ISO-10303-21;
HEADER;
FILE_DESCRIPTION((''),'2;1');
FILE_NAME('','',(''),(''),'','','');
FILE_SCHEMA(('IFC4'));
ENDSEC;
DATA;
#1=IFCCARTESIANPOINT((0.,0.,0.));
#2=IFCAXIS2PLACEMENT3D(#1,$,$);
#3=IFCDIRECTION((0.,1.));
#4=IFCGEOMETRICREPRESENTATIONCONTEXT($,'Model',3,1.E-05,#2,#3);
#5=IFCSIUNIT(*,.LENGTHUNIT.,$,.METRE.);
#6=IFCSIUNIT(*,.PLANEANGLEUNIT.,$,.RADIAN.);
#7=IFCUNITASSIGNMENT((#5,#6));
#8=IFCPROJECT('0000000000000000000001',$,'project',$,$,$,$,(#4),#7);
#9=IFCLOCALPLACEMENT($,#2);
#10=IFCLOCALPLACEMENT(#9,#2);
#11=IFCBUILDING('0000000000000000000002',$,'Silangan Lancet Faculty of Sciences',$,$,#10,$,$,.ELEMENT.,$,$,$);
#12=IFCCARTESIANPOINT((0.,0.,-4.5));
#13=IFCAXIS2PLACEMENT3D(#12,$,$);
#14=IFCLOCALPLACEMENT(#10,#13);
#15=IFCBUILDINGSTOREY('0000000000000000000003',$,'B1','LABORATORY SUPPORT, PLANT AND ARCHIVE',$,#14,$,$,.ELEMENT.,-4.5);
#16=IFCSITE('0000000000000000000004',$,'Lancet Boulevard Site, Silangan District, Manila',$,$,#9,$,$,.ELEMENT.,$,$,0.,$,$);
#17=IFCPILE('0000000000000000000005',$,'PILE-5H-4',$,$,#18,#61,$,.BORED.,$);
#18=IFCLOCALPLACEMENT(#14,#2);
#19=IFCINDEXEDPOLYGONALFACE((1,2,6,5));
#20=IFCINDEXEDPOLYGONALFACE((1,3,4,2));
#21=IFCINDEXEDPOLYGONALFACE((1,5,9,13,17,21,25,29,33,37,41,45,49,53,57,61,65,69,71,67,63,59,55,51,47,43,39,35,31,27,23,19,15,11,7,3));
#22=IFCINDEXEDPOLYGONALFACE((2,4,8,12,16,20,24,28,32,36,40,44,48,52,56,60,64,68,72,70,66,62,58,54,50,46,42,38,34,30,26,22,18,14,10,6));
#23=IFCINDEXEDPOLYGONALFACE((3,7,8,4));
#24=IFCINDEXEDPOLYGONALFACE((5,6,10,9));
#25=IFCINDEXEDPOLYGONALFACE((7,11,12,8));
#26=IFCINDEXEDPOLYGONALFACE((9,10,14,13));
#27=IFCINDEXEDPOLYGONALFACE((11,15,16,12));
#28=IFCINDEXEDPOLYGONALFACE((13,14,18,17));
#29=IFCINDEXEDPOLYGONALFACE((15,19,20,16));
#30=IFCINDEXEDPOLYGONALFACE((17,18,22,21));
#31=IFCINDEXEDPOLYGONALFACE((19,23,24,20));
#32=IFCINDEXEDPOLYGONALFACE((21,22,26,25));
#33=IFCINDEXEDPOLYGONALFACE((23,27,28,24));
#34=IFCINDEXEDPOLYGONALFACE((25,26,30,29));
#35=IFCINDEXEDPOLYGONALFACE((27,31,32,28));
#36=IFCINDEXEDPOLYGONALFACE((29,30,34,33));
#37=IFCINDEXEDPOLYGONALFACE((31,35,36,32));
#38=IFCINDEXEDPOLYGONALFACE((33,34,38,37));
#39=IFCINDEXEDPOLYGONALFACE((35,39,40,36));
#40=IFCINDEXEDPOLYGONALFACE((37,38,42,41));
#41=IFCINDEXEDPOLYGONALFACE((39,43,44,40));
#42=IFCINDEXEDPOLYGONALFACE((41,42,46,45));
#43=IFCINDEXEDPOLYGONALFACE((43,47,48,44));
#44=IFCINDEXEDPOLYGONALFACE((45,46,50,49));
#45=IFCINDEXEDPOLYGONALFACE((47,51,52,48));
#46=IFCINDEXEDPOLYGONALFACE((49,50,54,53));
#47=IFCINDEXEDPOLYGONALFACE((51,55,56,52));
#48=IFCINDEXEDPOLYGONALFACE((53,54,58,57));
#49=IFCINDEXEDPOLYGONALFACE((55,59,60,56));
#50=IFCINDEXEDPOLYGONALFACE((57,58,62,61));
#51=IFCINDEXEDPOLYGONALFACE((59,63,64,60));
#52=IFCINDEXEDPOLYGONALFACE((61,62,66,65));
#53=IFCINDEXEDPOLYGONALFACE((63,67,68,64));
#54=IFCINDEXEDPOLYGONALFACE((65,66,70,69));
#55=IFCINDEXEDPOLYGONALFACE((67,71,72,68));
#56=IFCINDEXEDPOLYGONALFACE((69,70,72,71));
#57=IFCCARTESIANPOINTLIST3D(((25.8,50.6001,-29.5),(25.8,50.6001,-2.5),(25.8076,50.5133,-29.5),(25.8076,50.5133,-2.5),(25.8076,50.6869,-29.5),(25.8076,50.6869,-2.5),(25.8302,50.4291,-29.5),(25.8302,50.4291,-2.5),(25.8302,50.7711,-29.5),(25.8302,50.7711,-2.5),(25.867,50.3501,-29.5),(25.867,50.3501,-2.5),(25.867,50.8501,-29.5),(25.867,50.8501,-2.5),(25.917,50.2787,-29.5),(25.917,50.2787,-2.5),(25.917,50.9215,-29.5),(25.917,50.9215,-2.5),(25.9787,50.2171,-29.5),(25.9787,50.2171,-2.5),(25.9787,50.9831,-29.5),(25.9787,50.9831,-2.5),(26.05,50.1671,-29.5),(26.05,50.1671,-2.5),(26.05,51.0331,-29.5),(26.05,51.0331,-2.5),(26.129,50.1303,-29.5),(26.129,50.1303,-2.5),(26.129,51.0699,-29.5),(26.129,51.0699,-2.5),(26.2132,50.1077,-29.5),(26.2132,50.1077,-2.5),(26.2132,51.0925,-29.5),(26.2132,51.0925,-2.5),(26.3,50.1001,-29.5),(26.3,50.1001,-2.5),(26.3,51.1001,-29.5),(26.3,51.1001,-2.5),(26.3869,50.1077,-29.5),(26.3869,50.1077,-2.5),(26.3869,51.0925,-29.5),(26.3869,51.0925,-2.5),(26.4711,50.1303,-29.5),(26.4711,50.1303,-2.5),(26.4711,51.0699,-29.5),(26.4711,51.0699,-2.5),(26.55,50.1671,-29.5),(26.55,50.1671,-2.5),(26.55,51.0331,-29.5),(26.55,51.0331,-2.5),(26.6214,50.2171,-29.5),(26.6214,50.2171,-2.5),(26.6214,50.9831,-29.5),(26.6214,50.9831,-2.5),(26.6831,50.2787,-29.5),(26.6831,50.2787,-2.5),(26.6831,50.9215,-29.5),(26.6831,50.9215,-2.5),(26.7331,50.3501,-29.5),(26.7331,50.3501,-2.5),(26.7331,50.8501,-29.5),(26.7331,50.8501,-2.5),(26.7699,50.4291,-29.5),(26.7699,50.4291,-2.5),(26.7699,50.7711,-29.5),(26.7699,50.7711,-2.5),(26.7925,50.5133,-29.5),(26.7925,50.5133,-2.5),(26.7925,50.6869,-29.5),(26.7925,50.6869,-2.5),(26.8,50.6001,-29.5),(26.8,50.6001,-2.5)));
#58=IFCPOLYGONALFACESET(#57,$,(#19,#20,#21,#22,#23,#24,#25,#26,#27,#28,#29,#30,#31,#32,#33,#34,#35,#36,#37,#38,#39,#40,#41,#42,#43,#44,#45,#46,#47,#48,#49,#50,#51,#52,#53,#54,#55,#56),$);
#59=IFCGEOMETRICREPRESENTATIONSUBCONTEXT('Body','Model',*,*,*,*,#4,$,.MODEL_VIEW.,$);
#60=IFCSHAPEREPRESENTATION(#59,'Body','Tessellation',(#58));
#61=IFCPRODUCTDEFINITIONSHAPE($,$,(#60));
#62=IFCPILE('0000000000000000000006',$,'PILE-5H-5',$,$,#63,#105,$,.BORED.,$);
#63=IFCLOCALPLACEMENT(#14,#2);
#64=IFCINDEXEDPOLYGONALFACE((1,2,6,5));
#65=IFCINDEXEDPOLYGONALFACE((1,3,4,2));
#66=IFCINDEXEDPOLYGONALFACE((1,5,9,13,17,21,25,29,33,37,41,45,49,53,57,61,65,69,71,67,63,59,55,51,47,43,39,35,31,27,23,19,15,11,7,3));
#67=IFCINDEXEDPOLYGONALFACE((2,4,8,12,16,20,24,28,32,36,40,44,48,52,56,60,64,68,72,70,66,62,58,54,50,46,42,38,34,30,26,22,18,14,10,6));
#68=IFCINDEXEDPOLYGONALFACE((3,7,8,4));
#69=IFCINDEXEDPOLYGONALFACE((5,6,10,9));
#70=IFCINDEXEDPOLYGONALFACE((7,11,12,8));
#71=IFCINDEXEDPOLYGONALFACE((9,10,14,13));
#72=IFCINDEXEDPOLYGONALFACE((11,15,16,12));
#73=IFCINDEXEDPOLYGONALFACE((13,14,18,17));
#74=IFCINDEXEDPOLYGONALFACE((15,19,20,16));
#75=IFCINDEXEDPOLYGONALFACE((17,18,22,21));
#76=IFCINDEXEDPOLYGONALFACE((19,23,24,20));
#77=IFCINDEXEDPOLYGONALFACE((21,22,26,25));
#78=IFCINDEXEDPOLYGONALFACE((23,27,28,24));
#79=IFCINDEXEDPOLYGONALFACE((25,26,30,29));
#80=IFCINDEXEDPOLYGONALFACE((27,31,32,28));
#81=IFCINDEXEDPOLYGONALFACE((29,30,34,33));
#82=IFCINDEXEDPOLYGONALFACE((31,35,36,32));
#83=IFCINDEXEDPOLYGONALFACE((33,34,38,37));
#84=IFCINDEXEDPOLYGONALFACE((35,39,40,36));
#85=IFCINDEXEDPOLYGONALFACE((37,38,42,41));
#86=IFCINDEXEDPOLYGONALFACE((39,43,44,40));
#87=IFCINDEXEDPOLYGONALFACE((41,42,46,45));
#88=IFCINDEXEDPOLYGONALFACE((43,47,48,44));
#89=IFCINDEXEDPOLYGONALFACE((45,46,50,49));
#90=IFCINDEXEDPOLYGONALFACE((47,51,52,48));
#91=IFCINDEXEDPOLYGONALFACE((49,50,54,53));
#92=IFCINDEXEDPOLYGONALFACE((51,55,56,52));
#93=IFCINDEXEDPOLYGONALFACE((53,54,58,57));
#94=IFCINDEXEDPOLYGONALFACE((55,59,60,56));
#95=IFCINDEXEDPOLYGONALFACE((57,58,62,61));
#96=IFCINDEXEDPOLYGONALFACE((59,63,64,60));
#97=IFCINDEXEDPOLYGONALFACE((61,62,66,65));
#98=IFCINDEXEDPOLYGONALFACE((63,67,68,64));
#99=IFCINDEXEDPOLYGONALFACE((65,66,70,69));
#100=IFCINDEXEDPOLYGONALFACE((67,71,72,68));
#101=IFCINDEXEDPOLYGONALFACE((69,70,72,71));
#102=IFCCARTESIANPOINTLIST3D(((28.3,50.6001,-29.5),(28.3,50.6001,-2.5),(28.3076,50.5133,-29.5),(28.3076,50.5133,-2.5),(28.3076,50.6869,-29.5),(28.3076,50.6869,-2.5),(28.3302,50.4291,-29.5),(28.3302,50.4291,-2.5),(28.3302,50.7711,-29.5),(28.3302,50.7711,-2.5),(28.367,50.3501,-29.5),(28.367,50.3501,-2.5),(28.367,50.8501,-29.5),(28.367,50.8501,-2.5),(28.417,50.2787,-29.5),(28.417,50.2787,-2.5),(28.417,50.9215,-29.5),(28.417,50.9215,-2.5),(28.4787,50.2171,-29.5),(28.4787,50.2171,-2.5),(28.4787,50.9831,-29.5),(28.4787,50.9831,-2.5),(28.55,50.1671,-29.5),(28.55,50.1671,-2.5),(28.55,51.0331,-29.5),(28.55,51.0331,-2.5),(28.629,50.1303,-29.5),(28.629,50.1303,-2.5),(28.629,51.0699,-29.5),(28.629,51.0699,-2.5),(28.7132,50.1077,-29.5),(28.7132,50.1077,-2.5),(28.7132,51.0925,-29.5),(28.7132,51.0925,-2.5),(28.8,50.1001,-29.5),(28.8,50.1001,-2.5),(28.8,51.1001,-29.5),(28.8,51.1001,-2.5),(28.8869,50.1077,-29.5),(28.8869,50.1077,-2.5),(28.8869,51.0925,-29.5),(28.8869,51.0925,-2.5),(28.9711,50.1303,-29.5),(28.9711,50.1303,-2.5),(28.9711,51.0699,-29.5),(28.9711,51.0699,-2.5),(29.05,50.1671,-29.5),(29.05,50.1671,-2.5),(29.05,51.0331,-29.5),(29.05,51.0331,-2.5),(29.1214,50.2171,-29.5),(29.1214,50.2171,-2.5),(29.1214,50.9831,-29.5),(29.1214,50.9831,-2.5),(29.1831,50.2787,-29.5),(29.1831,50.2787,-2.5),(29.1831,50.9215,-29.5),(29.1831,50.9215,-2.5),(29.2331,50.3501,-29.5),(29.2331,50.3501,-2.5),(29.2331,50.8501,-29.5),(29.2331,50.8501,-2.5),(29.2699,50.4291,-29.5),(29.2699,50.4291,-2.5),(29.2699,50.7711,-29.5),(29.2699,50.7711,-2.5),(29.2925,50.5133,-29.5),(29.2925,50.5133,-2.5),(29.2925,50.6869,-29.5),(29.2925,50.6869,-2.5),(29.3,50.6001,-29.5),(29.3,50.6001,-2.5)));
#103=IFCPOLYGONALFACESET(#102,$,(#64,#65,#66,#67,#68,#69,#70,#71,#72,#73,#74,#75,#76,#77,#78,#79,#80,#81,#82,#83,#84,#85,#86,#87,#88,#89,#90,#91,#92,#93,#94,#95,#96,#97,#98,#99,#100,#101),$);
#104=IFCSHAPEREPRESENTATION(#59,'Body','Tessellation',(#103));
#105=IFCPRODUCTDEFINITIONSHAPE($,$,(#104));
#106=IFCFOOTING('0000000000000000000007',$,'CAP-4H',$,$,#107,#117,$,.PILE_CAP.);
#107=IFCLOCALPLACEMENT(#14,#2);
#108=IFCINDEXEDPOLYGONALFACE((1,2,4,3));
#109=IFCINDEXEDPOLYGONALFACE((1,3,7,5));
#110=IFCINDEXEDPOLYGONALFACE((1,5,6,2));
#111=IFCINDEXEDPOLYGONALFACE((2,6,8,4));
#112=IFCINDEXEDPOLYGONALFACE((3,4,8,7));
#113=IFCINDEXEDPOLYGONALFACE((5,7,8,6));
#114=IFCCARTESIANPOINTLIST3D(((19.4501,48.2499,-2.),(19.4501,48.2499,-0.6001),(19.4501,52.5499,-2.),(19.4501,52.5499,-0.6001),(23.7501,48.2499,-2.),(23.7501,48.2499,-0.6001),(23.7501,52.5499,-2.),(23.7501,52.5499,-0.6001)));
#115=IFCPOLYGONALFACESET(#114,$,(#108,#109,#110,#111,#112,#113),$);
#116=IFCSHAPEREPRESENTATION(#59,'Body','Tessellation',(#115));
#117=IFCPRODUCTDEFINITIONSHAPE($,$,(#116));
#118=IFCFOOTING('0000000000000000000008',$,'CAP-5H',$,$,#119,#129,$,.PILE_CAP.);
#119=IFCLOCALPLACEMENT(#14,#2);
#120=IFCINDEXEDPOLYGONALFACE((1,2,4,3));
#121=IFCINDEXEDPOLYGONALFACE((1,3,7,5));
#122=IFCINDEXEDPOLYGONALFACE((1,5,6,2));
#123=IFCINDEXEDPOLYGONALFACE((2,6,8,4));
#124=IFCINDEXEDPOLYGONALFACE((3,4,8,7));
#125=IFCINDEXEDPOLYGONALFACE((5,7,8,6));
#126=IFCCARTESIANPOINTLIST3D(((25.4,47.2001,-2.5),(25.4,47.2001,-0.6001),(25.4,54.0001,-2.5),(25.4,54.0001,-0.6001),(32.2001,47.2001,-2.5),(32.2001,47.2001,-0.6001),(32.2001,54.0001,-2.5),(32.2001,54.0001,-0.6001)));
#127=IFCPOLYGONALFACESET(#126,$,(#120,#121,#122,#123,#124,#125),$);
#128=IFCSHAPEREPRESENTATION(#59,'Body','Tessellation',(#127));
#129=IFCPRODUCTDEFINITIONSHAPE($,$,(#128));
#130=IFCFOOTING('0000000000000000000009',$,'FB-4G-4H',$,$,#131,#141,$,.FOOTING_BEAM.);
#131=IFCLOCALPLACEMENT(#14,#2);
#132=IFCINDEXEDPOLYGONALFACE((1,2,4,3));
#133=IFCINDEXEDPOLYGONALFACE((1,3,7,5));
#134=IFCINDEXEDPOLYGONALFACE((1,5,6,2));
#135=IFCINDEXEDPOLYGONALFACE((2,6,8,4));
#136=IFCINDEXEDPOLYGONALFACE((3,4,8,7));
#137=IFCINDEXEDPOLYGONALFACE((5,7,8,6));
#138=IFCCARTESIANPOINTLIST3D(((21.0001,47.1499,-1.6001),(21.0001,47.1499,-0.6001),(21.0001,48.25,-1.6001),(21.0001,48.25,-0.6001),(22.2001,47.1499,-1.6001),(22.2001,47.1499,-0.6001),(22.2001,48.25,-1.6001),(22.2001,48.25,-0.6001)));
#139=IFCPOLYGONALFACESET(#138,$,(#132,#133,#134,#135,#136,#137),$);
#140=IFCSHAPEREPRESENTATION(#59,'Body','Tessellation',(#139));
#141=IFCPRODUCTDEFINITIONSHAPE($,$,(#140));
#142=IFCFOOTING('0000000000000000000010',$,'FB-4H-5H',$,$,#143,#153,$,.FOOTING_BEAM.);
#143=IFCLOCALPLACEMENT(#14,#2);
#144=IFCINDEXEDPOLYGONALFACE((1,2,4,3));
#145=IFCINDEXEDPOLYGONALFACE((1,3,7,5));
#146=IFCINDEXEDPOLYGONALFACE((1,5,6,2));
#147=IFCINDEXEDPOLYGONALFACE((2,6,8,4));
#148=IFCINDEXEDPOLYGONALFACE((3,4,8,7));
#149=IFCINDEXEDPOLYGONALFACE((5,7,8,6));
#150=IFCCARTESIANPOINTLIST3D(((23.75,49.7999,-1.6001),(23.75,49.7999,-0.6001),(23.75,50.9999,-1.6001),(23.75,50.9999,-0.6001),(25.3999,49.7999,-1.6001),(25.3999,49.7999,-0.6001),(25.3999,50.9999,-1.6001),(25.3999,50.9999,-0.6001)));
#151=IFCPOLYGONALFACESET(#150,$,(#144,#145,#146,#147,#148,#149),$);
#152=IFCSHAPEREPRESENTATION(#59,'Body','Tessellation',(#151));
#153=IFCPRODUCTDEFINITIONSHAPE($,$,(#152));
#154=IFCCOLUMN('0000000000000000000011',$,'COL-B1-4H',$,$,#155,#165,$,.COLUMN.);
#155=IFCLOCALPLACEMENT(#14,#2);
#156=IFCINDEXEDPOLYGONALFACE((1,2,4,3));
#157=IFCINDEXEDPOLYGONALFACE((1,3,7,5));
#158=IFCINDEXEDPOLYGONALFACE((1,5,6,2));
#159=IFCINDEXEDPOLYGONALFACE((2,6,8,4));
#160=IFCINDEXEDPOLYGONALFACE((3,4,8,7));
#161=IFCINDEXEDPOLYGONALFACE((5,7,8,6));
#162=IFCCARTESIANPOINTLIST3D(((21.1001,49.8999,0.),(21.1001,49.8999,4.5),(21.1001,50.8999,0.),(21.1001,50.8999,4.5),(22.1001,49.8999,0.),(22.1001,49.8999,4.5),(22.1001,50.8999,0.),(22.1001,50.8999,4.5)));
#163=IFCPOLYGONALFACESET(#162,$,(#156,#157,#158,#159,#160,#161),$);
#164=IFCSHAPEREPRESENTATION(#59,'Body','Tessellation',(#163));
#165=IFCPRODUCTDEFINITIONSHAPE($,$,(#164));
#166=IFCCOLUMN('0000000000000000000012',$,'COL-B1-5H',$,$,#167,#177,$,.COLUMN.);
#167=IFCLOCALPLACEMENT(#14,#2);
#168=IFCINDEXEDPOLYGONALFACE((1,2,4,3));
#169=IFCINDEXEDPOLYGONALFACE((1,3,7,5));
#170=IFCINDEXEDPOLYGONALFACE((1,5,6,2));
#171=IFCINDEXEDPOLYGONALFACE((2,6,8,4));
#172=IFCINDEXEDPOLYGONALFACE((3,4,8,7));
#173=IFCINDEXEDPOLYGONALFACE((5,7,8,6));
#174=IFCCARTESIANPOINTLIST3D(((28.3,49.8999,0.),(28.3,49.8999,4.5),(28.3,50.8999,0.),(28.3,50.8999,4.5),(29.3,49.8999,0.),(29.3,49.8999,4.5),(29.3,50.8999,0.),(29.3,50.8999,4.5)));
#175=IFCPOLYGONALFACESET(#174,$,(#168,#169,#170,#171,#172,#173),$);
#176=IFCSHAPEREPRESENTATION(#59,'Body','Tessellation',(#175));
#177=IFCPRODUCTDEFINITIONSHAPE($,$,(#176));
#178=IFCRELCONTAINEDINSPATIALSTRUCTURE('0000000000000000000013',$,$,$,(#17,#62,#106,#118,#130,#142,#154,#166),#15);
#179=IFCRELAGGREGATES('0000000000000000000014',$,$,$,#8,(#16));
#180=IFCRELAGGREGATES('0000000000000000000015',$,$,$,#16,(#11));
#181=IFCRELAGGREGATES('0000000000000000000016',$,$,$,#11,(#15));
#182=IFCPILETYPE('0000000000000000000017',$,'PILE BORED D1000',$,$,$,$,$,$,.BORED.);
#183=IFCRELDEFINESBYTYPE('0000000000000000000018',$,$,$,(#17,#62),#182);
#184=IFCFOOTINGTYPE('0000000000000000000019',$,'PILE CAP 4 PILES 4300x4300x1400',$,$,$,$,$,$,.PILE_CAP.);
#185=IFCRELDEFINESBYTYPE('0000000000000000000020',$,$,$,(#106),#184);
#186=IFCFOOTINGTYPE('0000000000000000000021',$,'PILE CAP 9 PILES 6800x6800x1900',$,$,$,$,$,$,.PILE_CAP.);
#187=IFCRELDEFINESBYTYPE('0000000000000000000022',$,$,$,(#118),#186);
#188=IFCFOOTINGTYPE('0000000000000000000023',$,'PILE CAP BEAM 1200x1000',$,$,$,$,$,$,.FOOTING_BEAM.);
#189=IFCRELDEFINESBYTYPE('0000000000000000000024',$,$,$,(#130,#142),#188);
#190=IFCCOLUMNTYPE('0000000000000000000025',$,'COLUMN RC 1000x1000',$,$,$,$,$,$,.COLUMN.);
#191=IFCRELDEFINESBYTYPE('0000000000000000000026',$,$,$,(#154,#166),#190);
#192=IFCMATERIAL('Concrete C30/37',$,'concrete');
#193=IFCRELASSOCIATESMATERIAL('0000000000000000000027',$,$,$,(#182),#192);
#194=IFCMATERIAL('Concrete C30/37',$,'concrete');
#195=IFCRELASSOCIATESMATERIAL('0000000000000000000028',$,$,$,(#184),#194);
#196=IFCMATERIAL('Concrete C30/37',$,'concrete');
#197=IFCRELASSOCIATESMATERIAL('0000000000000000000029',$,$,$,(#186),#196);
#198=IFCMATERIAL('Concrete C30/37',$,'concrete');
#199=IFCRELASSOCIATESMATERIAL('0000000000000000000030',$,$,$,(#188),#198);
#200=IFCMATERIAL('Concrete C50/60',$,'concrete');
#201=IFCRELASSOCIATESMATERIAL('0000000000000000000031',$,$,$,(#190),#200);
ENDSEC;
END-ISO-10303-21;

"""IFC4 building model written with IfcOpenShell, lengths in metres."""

from ifc_helpers import new_model, si_unit, direction, frame, origin, origin_2d, place, context, subcontext, project, spatial, rectangle, circle, extrude, material, material_profile, profile_set, type_object, element, save


model = new_model("IFC4")

# Units and contexts
model_context = context("Model", 3, precision=1e-05, world=origin(), true_north=direction((0.0, 1.0)))
body_context = subcontext(model_context, "Body", "Model", "MODEL_VIEW")
ifc_project = project(units=[si_unit("LENGTHUNIT", "METRE"), si_unit("PLANEANGLEUNIT", "RADIAN")], contexts=[model_context])

# Site, building, storey
site_placement = place(None, origin())
site = spatial("IfcSite", under=ifc_project, at=site_placement, Name="Lancet Boulevard Site, Silangan District, Manila", CompositionType="ELEMENT", RefElevation=0.0)
building_placement = place(site_placement, origin())
building = spatial("IfcBuilding", under=site, at=building_placement, Name="Silangan Lancet Faculty of Sciences", CompositionType="ELEMENT")
storey_placement = place(building_placement, frame((0.0, 0.0, -4.5)))
storey = spatial("IfcBuildingStorey", under=building, at=storey_placement, Name="B1", Description="LABORATORY SUPPORT, PLANT AND ARCHIVE", CompositionType="ELEMENT", Elevation=-4.5)

# Piles
ifc_material_1 = material(Name="Concrete C30/37", Category="concrete")
ifc_material_profile_1 = material_profile(ifc_material_1, circle(Radius=0.5, at=origin_2d()), Name="BORED PILE D1000")
ifc_profile_set_1 = profile_set([ifc_material_profile_1], Name="Concrete C30/37")
pile_type = type_object("IfcPileType", Name="PILE BORED D1000", PredefinedType="BORED", material=ifc_profile_set_1)
for number, where, z_axis, x_axis, name in (
    (1, (26.3, 50.6001, -2.5), (0.0, 0.0, -1.0), (1.0, 0.0, 0.0), "PILE-5H-4"),
    (2, (28.8, 50.6001, -2.5), (0.0, 0.0, -1.0), (1.0, 0.0, 0.0), "PILE-5H-5"),
):
    element("IfcPile", number, at=place(storey_placement, frame(where, z_axis=z_axis, x_axis=x_axis)), inside=storey, type_object=pile_type, Name=name, PredefinedType="BORED", context=body_context, shape_type="SweptSolid", body=[
        extrude(circle(Radius=0.5, at=origin_2d()), origin(), (0.0, 0.0, 1.0), 27.0),
    ])

# Footings
ifc_material_2 = material(Name="Concrete C30/37", Category="concrete")
footing_type_1 = type_object("IfcFootingType", Name="PILE CAP 4 PILES 4300x4300x1400", PredefinedType="PILE_CAP", material=ifc_material_2)
footing_1_placement = place(storey_placement, frame((21.6001, 50.3999, -2.0), z_axis=(0.0, 0.0, 1.0), x_axis=(1.0, 0.0, 0.0)))
element("IfcFooting", 3, at=footing_1_placement, inside=storey, type_object=footing_type_1, Name="CAP-4H", PredefinedType="PILE_CAP", context=body_context, shape_type="SweptSolid", body=[
    extrude(rectangle(XDim=4.3, YDim=4.3, at=origin_2d()), origin(), (0.0, 0.0, 1.0), 1.3999),
])
ifc_material_3 = material(Name="Concrete C30/37", Category="concrete")
footing_type_2 = type_object("IfcFootingType", Name="PILE CAP 9 PILES 6800x6800x1900", PredefinedType="PILE_CAP", material=ifc_material_3)
footing_2_placement = place(storey_placement, frame((28.8, 50.6001, -2.5), z_axis=(0.0, 0.0, 1.0), x_axis=(1.0, 0.0, 0.0)))
element("IfcFooting", 4, at=footing_2_placement, inside=storey, type_object=footing_type_2, Name="CAP-5H", PredefinedType="PILE_CAP", context=body_context, shape_type="SweptSolid", body=[
    extrude(rectangle(XDim=6.8, YDim=6.8, at=origin_2d()), origin(), (0.0, 0.0, 1.0), 1.8999),
])
ifc_material_4 = material(Name="Concrete C30/37", Category="concrete")
footing_type_3 = type_object("IfcFootingType", Name="PILE CAP BEAM 1200x1000", PredefinedType="FOOTING_BEAM", material=ifc_material_4)
footing_3_placement = place(storey_placement, frame((21.6001, 47.7, -1.6001), z_axis=(0.0, 0.0, 1.0), x_axis=(0.0, 1.0, 0.0)))
element("IfcFooting", 5, at=footing_3_placement, inside=storey, type_object=footing_type_3, Name="FB-4G-4H", PredefinedType="FOOTING_BEAM", context=body_context, shape_type="SweptSolid", body=[
    extrude(rectangle(XDim=1.1001, YDim=1.2, at=origin_2d()), origin(), (0.0, 0.0, 1.0), 1.0),
])
footing_4_placement = place(storey_placement, frame((24.575, 50.3999, -1.6001), z_axis=(0.0, 0.0, 1.0), x_axis=(1.0, 0.0, 0.0)))
element("IfcFooting", 6, at=footing_4_placement, inside=storey, type_object=footing_type_3, Name="FB-4H-5H", PredefinedType="FOOTING_BEAM", context=body_context, shape_type="SweptSolid", body=[
    extrude(rectangle(XDim=1.6499, YDim=1.2, at=origin_2d()), origin(), (0.0, 0.0, 1.0), 1.0),
])

# Columns
ifc_material_5 = material(Name="Concrete C50/60", Category="concrete")
ifc_material_profile_2 = material_profile(ifc_material_5, rectangle(XDim=1.0, YDim=1.0, at=origin_2d()), Name="RC 1000x1000")
ifc_profile_set_2 = profile_set([ifc_material_profile_2], Name="Concrete C50/60")
column_type = type_object("IfcColumnType", Name="COLUMN RC 1000x1000", PredefinedType="COLUMN", material=ifc_profile_set_2)
for number, where, z_axis, x_axis, name in (
    (7, (21.6001, 50.3999, 0.0), (0.0, 0.0, 1.0), (1.0, 0.0, 0.0), "COL-B1-4H"),
    (8, (28.8, 50.3999, 0.0), (0.0, 0.0, 1.0), (1.0, 0.0, 0.0), "COL-B1-5H"),
):
    element("IfcColumn", number, at=place(storey_placement, frame(where, z_axis=z_axis, x_axis=x_axis)), inside=storey, type_object=column_type, Name=name, PredefinedType="COLUMN", context=body_context, shape_type="SweptSolid", body=[
        extrude(rectangle(XDim=1.0, YDim=1.0, at=origin_2d()), origin(), (0.0, 0.0, 1.0), 4.5),
    ])

save(model, "model.ifc")
